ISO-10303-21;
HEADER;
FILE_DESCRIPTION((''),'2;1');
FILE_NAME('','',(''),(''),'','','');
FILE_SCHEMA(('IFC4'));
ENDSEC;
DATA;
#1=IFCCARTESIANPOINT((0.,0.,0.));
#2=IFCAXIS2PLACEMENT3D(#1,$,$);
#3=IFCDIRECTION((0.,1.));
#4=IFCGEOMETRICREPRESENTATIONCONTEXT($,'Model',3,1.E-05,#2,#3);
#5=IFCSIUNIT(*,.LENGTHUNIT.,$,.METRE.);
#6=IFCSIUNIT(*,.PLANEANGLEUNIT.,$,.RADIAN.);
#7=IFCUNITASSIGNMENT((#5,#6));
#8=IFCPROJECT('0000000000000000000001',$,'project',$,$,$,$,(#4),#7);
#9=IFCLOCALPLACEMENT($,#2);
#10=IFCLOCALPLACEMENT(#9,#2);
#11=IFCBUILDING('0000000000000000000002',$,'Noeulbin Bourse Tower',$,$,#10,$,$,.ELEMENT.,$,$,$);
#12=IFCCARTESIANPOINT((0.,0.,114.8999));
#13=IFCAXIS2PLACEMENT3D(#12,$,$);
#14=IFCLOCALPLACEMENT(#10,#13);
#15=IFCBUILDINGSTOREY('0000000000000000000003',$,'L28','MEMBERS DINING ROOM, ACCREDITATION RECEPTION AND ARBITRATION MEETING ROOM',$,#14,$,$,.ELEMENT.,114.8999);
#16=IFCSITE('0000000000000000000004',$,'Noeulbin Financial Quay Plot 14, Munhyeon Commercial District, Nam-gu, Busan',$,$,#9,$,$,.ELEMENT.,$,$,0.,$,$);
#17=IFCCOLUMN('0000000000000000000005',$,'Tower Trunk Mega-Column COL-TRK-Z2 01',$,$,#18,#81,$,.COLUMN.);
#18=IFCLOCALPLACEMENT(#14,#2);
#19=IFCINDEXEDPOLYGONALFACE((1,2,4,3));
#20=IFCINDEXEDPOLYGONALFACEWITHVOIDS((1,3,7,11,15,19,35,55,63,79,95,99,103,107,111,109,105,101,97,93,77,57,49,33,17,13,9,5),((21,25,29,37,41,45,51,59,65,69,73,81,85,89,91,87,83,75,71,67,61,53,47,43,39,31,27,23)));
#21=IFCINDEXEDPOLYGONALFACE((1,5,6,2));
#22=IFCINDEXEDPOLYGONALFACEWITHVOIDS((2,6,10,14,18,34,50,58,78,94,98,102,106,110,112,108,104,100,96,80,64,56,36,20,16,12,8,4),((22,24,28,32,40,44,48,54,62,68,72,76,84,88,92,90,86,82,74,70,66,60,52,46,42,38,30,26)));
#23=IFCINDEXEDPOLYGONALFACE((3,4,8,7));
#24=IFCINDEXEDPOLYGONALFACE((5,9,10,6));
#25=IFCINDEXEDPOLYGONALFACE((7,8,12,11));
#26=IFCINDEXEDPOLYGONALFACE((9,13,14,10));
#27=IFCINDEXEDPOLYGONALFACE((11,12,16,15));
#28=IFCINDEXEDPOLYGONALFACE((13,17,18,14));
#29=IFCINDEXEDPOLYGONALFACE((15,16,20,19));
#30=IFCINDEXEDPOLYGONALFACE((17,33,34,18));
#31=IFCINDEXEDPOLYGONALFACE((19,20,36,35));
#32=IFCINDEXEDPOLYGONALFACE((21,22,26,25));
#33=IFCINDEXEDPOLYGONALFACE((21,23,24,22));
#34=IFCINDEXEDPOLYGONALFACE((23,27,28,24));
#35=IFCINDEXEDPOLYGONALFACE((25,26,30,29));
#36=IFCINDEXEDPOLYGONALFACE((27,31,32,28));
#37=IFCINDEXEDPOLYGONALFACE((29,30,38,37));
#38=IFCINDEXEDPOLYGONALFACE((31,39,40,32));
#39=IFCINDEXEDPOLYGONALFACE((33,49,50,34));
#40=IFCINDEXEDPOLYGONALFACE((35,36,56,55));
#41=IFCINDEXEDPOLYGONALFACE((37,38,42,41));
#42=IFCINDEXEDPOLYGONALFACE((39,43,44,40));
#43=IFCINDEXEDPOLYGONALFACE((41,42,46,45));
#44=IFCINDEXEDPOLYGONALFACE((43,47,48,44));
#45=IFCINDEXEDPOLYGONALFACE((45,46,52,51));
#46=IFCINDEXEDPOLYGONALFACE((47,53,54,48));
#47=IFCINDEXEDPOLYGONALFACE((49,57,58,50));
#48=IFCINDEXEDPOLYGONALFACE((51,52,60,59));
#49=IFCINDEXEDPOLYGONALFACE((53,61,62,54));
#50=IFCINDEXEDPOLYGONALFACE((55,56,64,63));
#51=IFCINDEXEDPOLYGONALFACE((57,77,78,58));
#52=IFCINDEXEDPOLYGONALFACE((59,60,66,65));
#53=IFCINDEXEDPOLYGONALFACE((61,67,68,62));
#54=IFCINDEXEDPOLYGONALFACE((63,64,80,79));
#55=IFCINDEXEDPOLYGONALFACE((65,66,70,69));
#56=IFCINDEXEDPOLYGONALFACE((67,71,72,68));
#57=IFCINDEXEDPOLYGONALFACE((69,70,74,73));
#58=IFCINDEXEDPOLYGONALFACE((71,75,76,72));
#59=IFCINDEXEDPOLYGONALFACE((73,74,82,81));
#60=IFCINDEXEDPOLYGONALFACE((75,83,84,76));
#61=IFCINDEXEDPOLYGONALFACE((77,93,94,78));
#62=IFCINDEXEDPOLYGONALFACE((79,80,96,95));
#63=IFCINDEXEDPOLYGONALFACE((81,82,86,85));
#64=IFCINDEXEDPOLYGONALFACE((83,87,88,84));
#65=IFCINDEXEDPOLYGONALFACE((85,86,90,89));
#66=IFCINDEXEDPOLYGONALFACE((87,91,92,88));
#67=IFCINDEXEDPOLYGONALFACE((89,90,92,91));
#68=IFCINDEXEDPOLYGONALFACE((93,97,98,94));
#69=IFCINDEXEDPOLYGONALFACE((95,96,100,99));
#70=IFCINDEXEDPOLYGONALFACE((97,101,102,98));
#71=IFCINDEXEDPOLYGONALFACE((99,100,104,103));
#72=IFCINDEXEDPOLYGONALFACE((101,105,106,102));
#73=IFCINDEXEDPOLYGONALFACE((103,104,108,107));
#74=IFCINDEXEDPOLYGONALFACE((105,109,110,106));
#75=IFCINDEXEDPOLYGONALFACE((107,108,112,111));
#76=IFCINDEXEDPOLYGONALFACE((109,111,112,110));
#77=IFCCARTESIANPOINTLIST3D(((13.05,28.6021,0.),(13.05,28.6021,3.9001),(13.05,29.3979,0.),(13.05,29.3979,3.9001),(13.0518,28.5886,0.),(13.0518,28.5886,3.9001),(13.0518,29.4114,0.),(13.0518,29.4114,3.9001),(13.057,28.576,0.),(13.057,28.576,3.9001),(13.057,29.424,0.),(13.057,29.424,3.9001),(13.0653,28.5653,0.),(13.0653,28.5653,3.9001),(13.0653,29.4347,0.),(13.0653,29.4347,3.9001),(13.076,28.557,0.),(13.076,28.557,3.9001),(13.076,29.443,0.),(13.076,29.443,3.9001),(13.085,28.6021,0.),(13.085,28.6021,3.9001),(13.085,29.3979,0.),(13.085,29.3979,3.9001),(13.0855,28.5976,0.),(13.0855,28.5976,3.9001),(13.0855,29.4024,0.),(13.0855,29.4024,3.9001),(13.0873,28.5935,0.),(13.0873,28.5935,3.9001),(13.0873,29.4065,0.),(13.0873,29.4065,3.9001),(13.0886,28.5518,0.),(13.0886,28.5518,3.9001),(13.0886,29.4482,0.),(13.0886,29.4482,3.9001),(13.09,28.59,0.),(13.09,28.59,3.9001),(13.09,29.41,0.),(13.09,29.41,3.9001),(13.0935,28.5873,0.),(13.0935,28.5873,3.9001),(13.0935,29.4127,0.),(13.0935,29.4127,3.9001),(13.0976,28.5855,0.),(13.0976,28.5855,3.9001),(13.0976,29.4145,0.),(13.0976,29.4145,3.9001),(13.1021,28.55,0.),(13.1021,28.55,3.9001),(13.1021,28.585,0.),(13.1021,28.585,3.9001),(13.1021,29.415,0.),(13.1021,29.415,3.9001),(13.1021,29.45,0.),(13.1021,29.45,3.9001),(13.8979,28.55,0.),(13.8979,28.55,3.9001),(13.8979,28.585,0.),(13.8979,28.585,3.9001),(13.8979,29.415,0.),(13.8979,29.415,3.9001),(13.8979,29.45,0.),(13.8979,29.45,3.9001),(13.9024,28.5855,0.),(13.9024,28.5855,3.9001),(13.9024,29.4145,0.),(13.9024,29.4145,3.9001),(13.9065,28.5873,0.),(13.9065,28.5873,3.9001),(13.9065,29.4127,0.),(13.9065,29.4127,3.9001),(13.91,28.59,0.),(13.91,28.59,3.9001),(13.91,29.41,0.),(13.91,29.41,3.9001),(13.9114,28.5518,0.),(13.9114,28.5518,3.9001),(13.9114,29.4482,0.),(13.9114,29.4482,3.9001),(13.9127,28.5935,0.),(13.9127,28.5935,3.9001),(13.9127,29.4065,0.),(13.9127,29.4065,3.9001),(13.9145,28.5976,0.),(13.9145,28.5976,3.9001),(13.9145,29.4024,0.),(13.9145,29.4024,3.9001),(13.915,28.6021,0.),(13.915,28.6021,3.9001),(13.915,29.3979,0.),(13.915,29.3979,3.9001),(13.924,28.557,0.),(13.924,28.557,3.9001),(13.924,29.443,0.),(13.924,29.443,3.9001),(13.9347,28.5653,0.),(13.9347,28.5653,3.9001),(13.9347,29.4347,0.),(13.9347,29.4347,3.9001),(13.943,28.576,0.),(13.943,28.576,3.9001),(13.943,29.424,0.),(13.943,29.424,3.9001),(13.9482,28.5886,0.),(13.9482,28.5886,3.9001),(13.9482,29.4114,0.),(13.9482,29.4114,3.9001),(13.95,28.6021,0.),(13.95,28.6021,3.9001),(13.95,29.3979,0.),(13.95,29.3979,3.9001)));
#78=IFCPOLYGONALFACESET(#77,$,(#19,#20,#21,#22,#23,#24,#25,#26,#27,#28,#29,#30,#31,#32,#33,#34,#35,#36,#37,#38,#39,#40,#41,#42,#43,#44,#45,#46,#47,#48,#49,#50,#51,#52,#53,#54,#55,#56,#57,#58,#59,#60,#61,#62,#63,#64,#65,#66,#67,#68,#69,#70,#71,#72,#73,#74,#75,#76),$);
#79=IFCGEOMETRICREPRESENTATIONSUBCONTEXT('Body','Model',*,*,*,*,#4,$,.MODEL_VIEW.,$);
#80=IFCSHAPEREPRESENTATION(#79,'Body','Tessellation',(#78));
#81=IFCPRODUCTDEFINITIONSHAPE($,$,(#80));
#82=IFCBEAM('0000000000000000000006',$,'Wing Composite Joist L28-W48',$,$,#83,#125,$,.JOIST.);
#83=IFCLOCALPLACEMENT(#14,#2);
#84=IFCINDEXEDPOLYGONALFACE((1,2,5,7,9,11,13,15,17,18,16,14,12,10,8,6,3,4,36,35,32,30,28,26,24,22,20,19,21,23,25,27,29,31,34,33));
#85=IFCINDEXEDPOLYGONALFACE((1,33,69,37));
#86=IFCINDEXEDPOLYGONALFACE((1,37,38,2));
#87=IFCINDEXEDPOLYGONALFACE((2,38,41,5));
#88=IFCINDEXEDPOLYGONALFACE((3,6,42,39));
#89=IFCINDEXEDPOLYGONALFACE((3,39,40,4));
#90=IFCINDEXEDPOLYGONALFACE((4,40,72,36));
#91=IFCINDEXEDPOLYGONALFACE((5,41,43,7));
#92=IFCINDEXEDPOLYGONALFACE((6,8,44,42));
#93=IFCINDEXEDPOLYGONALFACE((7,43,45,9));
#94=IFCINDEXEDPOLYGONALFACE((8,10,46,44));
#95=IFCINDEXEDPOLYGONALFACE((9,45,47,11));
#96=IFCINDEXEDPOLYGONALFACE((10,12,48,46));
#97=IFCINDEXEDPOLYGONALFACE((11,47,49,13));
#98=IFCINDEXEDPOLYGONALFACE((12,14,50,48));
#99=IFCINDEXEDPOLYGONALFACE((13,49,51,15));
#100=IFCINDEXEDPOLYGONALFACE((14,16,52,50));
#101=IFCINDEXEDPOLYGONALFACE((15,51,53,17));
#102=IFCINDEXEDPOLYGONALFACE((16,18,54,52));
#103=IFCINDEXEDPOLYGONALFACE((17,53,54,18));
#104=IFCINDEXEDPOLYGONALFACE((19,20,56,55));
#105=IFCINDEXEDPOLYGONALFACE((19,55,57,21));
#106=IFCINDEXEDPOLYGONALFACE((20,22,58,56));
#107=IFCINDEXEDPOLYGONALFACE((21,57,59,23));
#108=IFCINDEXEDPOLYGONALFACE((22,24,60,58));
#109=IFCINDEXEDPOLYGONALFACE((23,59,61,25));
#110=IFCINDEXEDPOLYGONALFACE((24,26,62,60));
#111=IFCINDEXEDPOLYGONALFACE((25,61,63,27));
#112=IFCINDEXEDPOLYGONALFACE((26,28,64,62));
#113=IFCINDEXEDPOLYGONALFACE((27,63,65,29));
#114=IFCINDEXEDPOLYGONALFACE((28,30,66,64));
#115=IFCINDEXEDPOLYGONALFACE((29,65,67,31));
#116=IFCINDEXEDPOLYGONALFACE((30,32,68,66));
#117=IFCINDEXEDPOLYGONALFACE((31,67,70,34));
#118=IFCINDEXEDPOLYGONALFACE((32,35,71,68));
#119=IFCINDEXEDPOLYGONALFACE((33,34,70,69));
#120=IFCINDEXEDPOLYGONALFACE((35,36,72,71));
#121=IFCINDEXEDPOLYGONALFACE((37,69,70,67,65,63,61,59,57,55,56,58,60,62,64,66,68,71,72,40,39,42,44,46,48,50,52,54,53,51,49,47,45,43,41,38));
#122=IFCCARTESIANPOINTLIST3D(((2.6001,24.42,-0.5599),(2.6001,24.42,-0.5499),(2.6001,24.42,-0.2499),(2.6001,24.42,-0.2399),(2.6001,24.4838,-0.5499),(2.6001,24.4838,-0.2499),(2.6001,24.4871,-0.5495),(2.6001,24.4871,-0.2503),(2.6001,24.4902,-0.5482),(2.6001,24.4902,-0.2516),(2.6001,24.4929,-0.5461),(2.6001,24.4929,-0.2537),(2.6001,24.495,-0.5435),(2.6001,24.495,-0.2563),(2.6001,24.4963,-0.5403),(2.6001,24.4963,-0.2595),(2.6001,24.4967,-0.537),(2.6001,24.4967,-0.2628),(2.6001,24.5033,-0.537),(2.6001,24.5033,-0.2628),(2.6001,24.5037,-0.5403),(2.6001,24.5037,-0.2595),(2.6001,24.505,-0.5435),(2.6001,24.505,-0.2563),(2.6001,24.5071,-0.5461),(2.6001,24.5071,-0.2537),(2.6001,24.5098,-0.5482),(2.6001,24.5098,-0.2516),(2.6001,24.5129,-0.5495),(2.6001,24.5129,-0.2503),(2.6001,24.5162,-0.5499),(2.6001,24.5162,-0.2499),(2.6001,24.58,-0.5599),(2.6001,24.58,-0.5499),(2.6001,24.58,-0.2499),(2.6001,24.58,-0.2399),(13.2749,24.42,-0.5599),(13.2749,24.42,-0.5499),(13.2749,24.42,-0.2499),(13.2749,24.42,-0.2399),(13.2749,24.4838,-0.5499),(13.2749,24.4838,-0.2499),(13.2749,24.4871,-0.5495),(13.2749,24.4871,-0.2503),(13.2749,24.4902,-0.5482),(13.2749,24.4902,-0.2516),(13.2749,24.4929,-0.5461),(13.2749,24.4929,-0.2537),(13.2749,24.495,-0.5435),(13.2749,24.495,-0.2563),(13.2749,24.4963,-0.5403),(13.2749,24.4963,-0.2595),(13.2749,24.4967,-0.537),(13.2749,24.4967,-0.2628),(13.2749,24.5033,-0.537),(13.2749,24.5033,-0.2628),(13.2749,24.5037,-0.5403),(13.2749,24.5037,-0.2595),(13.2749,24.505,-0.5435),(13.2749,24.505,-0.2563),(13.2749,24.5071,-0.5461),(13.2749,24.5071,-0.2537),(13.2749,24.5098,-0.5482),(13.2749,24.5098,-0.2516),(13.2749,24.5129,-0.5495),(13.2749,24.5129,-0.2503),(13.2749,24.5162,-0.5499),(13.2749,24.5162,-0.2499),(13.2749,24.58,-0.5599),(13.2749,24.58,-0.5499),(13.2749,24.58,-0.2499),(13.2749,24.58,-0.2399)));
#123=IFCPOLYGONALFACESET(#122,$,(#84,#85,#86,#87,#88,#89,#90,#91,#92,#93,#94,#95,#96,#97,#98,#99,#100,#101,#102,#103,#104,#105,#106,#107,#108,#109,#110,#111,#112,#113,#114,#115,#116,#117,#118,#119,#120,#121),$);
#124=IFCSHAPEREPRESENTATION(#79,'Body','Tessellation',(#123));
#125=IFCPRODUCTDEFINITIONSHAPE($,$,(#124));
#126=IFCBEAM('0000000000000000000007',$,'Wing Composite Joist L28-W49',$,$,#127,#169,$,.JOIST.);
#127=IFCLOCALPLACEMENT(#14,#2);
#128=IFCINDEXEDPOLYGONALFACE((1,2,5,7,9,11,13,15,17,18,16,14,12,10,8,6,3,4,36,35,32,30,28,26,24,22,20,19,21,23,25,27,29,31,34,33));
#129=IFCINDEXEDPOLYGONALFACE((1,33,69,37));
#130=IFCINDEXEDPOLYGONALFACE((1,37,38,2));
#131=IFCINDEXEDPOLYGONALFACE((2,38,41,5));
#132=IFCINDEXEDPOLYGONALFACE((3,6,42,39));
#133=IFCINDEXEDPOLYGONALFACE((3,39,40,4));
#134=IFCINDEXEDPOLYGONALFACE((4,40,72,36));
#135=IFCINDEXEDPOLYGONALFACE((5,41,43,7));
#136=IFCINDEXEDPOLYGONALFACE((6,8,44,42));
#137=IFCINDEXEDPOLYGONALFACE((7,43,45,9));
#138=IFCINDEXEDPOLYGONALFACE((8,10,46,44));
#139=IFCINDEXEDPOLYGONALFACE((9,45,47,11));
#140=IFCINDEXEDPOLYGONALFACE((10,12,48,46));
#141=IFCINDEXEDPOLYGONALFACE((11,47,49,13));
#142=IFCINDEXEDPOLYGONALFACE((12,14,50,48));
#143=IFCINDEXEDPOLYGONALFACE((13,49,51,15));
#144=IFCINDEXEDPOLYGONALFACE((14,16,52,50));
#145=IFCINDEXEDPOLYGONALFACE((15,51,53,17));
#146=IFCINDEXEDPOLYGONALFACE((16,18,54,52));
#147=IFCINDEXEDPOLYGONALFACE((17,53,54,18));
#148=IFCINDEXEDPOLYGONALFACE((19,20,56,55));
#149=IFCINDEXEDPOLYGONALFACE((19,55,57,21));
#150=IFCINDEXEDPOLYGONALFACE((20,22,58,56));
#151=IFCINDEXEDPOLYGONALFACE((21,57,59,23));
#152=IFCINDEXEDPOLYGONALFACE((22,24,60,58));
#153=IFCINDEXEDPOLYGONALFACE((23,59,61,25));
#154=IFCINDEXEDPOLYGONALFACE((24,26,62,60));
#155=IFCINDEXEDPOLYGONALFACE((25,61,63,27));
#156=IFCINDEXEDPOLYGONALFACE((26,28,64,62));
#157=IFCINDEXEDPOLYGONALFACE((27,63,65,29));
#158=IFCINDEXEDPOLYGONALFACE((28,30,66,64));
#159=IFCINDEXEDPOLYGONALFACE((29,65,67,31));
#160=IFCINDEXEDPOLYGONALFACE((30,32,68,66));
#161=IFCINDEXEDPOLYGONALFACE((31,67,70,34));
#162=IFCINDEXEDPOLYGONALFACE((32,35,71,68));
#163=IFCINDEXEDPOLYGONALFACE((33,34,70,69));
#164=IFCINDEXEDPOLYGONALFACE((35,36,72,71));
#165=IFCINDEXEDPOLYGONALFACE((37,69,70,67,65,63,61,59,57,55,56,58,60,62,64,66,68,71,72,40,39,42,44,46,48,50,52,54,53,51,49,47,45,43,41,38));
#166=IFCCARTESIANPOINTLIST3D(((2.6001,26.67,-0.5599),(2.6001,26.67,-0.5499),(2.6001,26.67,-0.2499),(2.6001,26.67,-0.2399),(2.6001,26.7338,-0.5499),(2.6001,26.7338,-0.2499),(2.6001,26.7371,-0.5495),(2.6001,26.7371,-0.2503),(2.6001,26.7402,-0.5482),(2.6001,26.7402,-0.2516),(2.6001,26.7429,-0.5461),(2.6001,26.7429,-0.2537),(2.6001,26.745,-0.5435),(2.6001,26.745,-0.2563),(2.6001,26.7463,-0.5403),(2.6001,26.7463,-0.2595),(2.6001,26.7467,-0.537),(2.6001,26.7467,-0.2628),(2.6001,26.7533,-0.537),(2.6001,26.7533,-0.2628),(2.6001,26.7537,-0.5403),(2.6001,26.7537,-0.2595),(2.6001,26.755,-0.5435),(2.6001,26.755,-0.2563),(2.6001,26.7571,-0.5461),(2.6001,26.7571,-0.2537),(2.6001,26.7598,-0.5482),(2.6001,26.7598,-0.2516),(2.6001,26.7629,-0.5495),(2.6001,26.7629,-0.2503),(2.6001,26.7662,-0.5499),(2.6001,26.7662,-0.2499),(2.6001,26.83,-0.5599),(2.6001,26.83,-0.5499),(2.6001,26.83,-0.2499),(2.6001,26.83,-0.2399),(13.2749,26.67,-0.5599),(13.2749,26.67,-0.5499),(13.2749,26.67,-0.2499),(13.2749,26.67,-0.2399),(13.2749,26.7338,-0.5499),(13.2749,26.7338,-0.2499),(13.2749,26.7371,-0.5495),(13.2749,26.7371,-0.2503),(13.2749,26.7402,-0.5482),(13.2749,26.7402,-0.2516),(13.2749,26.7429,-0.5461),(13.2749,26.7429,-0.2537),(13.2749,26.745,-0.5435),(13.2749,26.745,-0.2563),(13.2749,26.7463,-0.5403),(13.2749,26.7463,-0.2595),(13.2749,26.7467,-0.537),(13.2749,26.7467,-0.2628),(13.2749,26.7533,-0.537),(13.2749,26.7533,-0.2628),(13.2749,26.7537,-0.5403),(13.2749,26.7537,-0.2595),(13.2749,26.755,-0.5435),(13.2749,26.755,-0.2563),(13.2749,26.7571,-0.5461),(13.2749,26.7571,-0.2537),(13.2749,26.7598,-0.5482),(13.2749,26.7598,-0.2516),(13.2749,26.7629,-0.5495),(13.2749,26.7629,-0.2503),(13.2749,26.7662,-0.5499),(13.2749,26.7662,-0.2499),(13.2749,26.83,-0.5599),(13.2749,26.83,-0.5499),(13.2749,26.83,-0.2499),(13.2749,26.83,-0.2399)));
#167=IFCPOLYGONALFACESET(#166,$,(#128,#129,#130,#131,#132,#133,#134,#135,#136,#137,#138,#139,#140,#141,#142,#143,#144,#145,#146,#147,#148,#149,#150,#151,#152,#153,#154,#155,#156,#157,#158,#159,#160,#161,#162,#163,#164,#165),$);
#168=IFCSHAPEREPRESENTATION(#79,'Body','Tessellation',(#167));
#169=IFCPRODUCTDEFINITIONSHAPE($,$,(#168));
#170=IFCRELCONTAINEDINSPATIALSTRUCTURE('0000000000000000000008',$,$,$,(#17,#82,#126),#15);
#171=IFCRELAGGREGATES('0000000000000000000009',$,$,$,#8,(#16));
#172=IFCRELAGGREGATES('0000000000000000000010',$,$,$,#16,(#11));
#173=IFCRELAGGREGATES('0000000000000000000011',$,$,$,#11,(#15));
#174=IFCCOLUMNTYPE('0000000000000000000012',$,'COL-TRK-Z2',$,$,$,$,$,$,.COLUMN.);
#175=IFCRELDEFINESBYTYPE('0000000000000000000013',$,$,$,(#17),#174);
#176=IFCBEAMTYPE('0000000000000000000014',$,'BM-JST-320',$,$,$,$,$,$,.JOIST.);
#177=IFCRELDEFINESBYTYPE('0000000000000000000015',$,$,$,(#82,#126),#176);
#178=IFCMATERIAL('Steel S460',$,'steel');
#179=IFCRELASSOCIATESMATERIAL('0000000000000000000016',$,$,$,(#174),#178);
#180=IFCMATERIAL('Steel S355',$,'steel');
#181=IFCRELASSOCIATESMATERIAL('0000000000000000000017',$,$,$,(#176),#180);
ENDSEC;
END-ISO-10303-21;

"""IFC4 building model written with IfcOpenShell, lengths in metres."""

from ifc_helpers import new_model, si_unit, direction, frame, origin, origin_2d, place, context, subcontext, project, spatial, hollow_rectangle, i_section, extrude, material, material_profile, profile_set, type_object, element, save


model = new_model("IFC4")

# Units and contexts
model_context = context("Model", 3, precision=1e-05, world=origin(), true_north=direction((0.0, 1.0)))
body_context = subcontext(model_context, "Body", "Model", "MODEL_VIEW")
ifc_project = project(units=[si_unit("LENGTHUNIT", "METRE"), si_unit("PLANEANGLEUNIT", "RADIAN")], contexts=[model_context])

# Site, building, storey
site_placement = place(None, origin())
site = spatial("IfcSite", under=ifc_project, at=site_placement, Name="Noeulbin Financial Quay Plot 14, Munhyeon Commercial District, Nam-gu, Busan", CompositionType="ELEMENT", RefElevation=0.0)
building_placement = place(site_placement, origin())
building = spatial("IfcBuilding", under=site, at=building_placement, Name="Noeulbin Bourse Tower", CompositionType="ELEMENT")
storey_placement = place(building_placement, frame((0.0, 0.0, 114.8999)))
storey = spatial("IfcBuildingStorey", under=building, at=storey_placement, Name="L28", Description="MEMBERS DINING ROOM, ACCREDITATION RECEPTION AND ARBITRATION MEETING ROOM", CompositionType="ELEMENT", Elevation=114.8999)

# Column
ifc_material_1 = material(Name="Steel S460", Category="steel")
ifc_material_profile_1 = material_profile(ifc_material_1, hollow_rectangle(XDim=0.8999, YDim=0.8999, WallThickness=0.0349, InnerFilletRadius=0.0171, OuterFilletRadius=0.052, at=origin_2d()), Name="BOX-900x900x35", Category="LoadBearing")
ifc_profile_set_1 = profile_set([ifc_material_profile_1], Name="Steel S460")
column_type = type_object("IfcColumnType", Name="COL-TRK-Z2", PredefinedType="COLUMN", material=ifc_profile_set_1)
column_placement = place(storey_placement, frame((13.5, 29.0, 0.0), z_axis=(0.0, 0.0, 1.0), x_axis=(1.0, 0.0, 0.0)))
element("IfcColumn", 1, at=column_placement, inside=storey, type_object=column_type, Name="Tower Trunk Mega-Column COL-TRK-Z2 01", PredefinedType="COLUMN", context=body_context, shape_type="SweptSolid", body=[
    extrude(hollow_rectangle(XDim=0.8999, YDim=0.8999, WallThickness=0.0349, InnerFilletRadius=0.0171, OuterFilletRadius=0.052, at=origin_2d()), origin(), (0.0, 0.0, 1.0), 3.9001),
])

# Beams
ifc_material_2 = material(Name="Steel S355", Category="steel")
ifc_material_profile_2 = material_profile(ifc_material_2, i_section(OverallWidth=0.1599, OverallDepth=0.3201, WebThickness=0.0066, FlangeThickness=0.01, FilletRadius=0.0129, at=origin_2d()), Name="H-320x160x6.5x10", Category="LoadBearing")
ifc_profile_set_2 = profile_set([ifc_material_profile_2], Name="Steel S355")
beam_type_1 = type_object("IfcBeamType", Name="BM-JST-320", PredefinedType="JOIST", material=ifc_profile_set_2)
for number, where, z_axis, x_axis, name in (
    (2, (2.6001, 24.5, -0.3999), (1.0, 0.0, 0.0), (0.0, 1.0, 0.0), "Wing Composite Joist L28-W48"),
    (3, (2.6001, 26.75, -0.3999), (1.0, 0.0, 0.0), (0.0, 1.0, 0.0), "Wing Composite Joist L28-W49"),
):
    element("IfcBeam", number, at=place(storey_placement, frame(where, z_axis=z_axis, x_axis=x_axis)), inside=storey, type_object=beam_type_1, Name=name, PredefinedType="JOIST", context=body_context, shape_type="SweptSolid", body=[
        extrude(i_section(OverallWidth=0.1599, OverallDepth=0.3201, WebThickness=0.0066, FlangeThickness=0.01, FilletRadius=0.0129, at=origin_2d()), origin(), (0.0, 0.0, 1.0), 10.6748),
    ])

save(model, "model.ifc")
